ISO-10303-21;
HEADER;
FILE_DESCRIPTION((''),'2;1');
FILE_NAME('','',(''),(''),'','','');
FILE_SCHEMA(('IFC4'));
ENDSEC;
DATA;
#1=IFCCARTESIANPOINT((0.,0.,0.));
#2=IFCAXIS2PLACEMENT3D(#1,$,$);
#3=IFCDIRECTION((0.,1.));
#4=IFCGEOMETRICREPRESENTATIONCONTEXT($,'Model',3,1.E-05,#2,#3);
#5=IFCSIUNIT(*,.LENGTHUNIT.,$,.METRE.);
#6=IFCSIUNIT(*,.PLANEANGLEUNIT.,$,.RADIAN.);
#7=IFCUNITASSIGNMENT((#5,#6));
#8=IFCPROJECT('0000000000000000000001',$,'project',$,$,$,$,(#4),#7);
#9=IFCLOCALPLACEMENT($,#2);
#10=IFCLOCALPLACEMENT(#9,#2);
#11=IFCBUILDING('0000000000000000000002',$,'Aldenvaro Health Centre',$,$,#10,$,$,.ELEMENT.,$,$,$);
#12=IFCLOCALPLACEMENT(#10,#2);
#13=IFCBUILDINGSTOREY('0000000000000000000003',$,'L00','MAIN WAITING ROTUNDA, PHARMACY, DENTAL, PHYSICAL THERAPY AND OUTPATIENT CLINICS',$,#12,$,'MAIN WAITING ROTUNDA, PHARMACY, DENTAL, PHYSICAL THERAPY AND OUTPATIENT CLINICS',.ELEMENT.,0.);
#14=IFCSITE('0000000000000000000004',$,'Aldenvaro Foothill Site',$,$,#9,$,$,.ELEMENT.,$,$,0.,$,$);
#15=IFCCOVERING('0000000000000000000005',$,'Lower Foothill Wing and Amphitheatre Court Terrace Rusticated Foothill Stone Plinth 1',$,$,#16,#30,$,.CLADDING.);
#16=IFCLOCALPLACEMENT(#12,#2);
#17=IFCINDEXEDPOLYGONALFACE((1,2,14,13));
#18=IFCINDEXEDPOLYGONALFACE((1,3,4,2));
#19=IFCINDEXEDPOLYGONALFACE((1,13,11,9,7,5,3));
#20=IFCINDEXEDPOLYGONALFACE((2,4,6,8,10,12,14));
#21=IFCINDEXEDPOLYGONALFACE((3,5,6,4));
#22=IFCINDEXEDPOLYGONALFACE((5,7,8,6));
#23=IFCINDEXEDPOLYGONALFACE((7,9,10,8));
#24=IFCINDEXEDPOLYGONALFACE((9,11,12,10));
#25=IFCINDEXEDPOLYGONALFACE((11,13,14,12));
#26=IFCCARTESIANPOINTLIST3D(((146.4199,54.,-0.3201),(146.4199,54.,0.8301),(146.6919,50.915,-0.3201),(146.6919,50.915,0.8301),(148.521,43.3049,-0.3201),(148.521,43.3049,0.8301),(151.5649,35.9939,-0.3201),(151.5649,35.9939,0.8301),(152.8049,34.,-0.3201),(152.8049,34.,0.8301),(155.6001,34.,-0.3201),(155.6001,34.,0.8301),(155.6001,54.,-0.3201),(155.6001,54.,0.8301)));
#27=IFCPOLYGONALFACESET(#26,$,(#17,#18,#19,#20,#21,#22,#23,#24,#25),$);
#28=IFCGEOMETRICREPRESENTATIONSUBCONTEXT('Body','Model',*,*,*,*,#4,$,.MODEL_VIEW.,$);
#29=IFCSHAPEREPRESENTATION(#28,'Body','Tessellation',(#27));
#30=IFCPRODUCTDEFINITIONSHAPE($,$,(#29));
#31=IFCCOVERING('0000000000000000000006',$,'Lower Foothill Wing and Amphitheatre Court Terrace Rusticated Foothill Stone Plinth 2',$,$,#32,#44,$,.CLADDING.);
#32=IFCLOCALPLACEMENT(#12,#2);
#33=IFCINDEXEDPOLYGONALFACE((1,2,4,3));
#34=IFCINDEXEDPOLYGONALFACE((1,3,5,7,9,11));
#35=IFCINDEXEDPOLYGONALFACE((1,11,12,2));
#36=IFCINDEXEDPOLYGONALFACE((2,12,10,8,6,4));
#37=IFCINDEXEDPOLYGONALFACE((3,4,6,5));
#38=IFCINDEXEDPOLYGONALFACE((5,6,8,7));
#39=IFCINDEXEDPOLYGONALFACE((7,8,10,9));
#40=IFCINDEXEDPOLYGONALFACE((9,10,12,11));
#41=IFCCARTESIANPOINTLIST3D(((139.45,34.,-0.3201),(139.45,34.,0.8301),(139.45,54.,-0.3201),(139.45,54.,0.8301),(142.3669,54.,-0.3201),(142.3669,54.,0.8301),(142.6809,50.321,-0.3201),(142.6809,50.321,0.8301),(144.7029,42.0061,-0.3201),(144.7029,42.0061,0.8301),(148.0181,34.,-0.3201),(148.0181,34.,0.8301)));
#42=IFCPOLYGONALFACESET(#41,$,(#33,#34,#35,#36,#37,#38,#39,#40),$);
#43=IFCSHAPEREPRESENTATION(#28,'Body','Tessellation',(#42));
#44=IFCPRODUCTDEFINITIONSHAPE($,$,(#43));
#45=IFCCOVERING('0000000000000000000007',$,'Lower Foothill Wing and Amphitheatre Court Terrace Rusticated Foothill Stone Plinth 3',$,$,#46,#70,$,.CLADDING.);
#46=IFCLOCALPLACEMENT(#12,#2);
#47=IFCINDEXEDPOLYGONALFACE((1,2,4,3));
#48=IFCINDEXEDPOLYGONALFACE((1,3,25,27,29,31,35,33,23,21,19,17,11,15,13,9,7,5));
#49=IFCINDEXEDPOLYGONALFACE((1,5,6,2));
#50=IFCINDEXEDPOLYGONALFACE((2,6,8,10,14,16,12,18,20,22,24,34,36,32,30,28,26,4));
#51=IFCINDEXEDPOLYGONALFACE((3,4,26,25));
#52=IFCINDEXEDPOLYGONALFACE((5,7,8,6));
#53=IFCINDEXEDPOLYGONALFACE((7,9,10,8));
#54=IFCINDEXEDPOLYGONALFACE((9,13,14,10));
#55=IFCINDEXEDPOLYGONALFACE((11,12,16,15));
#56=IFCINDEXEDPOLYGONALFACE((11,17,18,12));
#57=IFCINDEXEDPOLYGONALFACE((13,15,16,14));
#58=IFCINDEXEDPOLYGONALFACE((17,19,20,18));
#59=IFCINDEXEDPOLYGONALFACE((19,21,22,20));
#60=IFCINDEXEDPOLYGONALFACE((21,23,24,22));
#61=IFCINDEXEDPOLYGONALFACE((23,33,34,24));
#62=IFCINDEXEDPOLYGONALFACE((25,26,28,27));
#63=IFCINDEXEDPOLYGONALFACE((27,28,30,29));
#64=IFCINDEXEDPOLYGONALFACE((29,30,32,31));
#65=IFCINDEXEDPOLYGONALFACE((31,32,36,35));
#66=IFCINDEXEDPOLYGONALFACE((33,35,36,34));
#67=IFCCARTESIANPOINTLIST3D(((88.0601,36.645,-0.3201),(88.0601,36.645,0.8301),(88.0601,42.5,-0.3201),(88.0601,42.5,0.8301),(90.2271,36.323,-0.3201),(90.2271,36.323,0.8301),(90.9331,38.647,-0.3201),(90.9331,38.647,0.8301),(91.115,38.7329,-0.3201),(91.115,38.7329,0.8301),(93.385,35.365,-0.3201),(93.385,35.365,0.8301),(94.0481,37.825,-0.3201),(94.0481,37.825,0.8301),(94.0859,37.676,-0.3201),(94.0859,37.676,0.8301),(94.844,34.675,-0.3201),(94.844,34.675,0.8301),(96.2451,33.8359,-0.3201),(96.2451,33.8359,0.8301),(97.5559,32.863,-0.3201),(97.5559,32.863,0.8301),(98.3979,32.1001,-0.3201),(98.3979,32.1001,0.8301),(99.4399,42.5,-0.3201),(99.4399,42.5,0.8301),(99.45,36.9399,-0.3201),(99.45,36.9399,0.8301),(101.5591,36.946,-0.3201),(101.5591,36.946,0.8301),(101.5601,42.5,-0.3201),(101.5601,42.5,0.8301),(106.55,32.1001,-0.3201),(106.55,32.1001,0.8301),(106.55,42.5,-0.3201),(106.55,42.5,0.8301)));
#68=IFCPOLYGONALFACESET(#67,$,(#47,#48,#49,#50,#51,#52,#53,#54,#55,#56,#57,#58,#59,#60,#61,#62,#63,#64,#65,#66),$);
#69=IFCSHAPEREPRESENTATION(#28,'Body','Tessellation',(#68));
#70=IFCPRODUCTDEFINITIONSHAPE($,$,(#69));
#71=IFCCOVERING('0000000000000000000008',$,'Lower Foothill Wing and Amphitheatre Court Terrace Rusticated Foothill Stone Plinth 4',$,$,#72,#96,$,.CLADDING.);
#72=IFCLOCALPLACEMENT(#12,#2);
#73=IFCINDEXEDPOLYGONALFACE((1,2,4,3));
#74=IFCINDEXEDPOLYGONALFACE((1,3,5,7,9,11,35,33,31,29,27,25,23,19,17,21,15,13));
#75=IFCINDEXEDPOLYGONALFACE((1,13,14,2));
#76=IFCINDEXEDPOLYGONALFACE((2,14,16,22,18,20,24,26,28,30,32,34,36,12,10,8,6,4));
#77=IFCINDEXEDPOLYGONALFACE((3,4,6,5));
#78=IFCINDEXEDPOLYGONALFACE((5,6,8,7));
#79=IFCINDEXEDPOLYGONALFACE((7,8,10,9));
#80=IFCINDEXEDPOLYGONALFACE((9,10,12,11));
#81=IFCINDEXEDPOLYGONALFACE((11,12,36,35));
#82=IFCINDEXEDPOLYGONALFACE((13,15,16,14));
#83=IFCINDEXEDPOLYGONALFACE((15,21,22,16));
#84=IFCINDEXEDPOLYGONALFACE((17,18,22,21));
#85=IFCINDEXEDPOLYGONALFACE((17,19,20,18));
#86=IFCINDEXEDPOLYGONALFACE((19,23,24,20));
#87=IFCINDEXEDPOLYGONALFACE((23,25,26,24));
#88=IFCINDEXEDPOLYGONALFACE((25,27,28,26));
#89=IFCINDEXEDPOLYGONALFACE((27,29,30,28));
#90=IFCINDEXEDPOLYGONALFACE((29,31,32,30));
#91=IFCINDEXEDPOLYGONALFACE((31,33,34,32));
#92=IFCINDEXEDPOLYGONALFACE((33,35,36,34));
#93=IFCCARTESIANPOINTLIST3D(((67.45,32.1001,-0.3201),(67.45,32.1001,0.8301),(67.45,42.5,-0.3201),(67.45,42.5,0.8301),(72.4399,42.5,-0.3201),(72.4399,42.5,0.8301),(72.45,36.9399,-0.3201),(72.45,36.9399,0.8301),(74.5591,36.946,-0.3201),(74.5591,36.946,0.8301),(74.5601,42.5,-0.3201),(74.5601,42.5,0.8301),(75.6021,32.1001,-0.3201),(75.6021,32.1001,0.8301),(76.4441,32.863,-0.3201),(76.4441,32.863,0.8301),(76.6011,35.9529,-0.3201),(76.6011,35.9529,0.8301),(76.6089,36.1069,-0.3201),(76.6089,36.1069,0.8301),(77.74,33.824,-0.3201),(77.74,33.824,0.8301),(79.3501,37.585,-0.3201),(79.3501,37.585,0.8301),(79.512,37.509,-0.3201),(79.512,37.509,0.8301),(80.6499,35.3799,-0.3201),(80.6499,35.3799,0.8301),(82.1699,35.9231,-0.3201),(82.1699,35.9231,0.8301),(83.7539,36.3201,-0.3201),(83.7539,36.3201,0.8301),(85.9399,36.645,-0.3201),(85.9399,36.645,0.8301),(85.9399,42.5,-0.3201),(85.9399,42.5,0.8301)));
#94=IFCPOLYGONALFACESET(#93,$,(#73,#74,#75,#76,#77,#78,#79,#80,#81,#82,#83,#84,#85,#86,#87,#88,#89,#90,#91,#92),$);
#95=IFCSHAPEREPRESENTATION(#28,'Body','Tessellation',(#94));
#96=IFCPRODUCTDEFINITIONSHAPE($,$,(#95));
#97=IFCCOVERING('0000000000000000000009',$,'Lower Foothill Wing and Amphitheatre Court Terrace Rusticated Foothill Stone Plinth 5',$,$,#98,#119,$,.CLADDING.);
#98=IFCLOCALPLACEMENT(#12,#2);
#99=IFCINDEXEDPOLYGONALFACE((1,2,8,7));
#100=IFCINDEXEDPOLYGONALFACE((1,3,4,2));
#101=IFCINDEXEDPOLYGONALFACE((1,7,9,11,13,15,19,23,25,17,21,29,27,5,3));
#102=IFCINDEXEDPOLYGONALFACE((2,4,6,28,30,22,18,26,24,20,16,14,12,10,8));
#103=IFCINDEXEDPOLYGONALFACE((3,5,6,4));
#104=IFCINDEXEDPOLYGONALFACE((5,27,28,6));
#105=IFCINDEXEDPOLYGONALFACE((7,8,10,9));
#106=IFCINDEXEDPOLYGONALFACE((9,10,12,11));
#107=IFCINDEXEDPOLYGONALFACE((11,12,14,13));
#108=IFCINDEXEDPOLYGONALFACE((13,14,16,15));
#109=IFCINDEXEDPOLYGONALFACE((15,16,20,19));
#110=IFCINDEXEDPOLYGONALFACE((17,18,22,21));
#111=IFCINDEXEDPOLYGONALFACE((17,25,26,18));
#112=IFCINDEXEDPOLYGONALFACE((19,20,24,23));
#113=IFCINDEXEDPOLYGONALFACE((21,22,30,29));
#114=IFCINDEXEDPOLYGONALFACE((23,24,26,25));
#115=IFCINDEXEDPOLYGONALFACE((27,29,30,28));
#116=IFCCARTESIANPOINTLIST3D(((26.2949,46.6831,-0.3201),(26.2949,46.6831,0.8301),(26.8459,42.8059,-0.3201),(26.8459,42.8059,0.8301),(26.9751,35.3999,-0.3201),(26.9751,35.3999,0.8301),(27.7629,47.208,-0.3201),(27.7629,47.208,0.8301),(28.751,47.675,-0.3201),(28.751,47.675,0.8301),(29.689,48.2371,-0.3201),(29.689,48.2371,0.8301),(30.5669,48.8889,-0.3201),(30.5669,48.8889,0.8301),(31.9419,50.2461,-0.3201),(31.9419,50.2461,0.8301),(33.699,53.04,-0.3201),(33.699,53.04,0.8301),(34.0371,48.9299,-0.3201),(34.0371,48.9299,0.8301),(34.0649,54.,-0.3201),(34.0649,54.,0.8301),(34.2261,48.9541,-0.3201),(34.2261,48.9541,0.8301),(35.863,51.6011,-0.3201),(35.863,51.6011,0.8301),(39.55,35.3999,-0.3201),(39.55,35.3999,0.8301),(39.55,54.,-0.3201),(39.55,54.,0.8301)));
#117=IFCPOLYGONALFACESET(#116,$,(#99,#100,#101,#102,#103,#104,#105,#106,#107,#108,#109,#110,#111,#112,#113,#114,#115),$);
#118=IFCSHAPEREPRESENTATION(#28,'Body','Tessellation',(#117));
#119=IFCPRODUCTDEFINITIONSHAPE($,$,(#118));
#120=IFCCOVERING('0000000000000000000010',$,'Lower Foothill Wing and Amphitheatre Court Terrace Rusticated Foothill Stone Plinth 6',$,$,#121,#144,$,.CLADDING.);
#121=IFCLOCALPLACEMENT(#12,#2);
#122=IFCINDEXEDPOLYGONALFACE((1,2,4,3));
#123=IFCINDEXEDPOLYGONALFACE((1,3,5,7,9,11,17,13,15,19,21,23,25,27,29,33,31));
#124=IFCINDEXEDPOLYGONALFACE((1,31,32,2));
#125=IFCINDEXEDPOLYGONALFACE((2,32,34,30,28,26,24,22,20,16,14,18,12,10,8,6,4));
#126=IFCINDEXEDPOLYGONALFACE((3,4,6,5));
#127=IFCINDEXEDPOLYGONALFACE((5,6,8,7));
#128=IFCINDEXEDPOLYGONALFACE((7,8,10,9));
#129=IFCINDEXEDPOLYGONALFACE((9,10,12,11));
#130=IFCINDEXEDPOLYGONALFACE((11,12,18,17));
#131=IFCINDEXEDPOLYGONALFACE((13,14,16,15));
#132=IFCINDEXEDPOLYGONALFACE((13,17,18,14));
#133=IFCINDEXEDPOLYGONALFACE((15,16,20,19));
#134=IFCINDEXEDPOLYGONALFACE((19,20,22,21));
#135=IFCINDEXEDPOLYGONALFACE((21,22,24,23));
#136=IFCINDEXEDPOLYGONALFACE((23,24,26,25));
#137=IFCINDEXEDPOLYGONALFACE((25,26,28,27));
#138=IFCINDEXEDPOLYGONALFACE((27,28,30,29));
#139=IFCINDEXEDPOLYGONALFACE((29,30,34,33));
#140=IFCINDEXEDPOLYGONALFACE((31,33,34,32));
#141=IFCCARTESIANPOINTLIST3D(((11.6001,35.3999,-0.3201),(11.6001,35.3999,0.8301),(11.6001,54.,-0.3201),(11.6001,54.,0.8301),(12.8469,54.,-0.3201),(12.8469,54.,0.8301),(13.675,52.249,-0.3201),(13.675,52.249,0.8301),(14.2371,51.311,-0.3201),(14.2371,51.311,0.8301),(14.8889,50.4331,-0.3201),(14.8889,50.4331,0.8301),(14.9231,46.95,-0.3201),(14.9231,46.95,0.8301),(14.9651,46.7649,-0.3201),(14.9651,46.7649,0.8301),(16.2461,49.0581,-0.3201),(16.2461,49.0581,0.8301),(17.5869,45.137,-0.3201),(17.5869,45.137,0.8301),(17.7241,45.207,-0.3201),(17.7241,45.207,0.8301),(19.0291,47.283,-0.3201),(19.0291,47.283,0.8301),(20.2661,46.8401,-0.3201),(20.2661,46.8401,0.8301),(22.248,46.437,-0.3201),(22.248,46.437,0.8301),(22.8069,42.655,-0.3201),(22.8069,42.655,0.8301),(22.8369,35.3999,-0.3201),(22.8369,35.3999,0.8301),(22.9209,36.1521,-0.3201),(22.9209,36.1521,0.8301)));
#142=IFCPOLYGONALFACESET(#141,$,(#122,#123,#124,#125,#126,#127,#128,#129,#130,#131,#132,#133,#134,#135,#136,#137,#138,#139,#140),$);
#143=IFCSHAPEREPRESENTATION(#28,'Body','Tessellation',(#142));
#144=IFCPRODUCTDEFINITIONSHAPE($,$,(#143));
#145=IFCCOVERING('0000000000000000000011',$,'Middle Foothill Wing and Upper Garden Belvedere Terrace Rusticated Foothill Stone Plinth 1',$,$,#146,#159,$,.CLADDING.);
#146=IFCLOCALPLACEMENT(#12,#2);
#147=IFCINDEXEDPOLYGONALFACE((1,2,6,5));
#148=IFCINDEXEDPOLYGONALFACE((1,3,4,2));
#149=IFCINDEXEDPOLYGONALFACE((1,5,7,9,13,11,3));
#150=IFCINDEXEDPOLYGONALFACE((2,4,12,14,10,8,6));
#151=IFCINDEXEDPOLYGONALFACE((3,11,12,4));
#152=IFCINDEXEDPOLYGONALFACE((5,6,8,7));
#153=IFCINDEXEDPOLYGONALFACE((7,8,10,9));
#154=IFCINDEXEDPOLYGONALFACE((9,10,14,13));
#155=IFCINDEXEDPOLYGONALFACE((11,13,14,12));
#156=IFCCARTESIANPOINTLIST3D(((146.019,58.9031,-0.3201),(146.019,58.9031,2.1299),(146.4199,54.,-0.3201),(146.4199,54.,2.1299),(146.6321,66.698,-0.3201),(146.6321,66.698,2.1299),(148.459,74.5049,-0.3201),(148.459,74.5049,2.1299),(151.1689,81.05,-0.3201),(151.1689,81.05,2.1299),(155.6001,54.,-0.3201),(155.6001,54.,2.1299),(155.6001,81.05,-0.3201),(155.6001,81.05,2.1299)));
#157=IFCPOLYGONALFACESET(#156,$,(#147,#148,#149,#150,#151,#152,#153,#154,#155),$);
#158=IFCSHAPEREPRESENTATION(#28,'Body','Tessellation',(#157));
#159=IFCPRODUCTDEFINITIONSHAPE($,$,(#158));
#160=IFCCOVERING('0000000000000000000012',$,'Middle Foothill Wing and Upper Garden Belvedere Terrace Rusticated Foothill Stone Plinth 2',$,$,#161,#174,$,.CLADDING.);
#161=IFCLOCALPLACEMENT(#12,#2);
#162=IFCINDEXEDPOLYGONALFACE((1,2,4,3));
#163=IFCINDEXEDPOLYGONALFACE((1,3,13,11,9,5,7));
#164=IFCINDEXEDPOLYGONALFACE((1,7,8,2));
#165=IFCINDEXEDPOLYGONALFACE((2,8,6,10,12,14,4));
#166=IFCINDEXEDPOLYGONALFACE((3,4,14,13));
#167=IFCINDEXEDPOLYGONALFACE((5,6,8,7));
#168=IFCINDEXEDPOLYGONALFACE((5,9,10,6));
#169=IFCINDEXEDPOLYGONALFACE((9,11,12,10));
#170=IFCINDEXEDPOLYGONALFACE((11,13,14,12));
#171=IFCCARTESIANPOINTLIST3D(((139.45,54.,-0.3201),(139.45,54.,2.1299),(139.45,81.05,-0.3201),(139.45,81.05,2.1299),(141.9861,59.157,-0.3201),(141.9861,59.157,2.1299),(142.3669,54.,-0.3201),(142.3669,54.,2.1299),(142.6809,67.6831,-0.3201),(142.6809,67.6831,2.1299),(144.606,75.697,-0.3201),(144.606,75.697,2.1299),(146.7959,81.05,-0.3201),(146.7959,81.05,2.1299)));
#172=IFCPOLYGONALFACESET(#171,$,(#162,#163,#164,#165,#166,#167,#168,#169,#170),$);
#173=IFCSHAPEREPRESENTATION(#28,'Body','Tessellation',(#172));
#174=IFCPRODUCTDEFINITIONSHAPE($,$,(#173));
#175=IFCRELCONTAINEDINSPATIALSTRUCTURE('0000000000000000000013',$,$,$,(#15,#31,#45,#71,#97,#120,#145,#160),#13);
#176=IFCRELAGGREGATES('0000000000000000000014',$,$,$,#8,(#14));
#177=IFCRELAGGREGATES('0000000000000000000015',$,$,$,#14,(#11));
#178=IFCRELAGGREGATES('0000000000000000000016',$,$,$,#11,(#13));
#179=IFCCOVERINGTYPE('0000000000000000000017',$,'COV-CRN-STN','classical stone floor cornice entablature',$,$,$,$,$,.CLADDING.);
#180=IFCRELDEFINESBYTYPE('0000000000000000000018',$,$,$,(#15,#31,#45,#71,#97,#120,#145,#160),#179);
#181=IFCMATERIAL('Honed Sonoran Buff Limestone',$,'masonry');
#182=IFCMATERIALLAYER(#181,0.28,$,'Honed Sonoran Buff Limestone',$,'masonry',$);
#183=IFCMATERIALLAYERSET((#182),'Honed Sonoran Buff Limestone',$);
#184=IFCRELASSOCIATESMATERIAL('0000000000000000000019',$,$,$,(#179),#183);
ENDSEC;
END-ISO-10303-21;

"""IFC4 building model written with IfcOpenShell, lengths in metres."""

from ifc_helpers import new_model, si_unit, direction, frame, origin, place, context, subcontext, project, spatial, polyline, outline, extrude, material, layer, layer_set, type_object, element, save


model = new_model("IFC4")

# Units and contexts
model_context = context("Model", 3, precision=1e-05, world=origin(), true_north=direction((0.0, 1.0)))
body_context = subcontext(model_context, "Body", "Model", "MODEL_VIEW")
ifc_project = project(units=[si_unit("LENGTHUNIT", "METRE"), si_unit("PLANEANGLEUNIT", "RADIAN")], contexts=[model_context])

# Site, building, storey
site_placement = place(None, origin())
site = spatial("IfcSite", under=ifc_project, at=site_placement, Name="Aldenvaro Foothill Site", CompositionType="ELEMENT", RefElevation=0.0)
building_placement = place(site_placement, origin())
building = spatial("IfcBuilding", under=site, at=building_placement, Name="Aldenvaro Health Centre", CompositionType="ELEMENT")
storey_placement = place(building_placement, origin())
storey = spatial("IfcBuildingStorey", under=building, at=storey_placement, Name="L00", Description="MAIN WAITING ROTUNDA, PHARMACY, DENTAL, PHYSICAL THERAPY AND OUTPATIENT CLINICS", LongName="MAIN WAITING ROTUNDA, PHARMACY, DENTAL, PHYSICAL THERAPY AND OUTPATIENT CLINICS", CompositionType="ELEMENT", Elevation=0.0)

# Coverings
ifc_material_1 = material(Name="Honed Sonoran Buff Limestone", Category="masonry")
ifc_layer_1 = layer(ifc_material_1, 0.28, Name="Honed Sonoran Buff Limestone", Category="masonry")
ifc_layer_set_1 = layer_set([ifc_layer_1], Name="Honed Sonoran Buff Limestone")
covering_type_1 = type_object("IfcCoveringType", Name="COV-CRN-STN", Description="classical stone floor cornice entablature", PredefinedType="CLADDING", material=ifc_layer_set_1)
covering_1_placement = place(storey_placement, frame((0.0, 0.0, -0.3201)))
element("IfcCovering", 1, at=covering_1_placement, inside=storey, type_object=covering_type_1, Name="Lower Foothill Wing and Amphitheatre Court Terrace Rusticated Foothill Stone Plinth 1", PredefinedType="CLADDING", context=body_context, shape_type="SweptSolid", body=[
    extrude(outline(polyline([(146.6919, 50.915), (146.4199, 54.0), (155.6001, 54.0), (155.6001, 34.0), (152.8049, 34.0), (151.5649, 35.9939), (148.521, 43.3049), (146.6919, 50.915)])), origin(), (0.0, 0.0, 1.0), 1.1501),
])
covering_2_placement = place(storey_placement, frame((0.0, 0.0, -0.3201)))
element("IfcCovering", 2, at=covering_2_placement, inside=storey, type_object=covering_type_1, Name="Lower Foothill Wing and Amphitheatre Court Terrace Rusticated Foothill Stone Plinth 2", PredefinedType="CLADDING", context=body_context, shape_type="SweptSolid", body=[
    extrude(outline(polyline([(142.6809, 50.321), (144.7029, 42.0061), (148.0181, 34.0), (139.45, 34.0), (139.45, 54.0), (142.3669, 54.0), (142.6809, 50.321)])), origin(), (0.0, 0.0, 1.0), 1.1501),
])
covering_3_placement = place(storey_placement, frame((0.0, 0.0, -0.3201)))
element("IfcCovering", 3, at=covering_3_placement, inside=storey, type_object=covering_type_1, Name="Lower Foothill Wing and Amphitheatre Court Terrace Rusticated Foothill Stone Plinth 3", PredefinedType="CLADDING", context=body_context, shape_type="SweptSolid", body=[
    extrude(outline(polyline([(88.0601, 36.645), (88.0601, 42.5), (99.4399, 42.5), (99.45, 36.9399), (101.5591, 36.946), (101.5601, 42.5), (106.55, 42.5), (106.55, 32.1001), (98.3979, 32.1001), (97.5559, 32.863), (96.2451, 33.8359), (94.844, 34.675), (93.385, 35.365), (94.0859, 37.676), (94.0481, 37.825), (91.115, 38.7329), (90.9331, 38.647), (90.2271, 36.323), (88.0601, 36.645)])), origin(), (0.0, 0.0, 1.0), 1.1501),
])
covering_4_placement = place(storey_placement, frame((0.0, 0.0, -0.3201)))
element("IfcCovering", 4, at=covering_4_placement, inside=storey, type_object=covering_type_1, Name="Lower Foothill Wing and Amphitheatre Court Terrace Rusticated Foothill Stone Plinth 4", PredefinedType="CLADDING", context=body_context, shape_type="SweptSolid", body=[
    extrude(outline(polyline([(67.45, 32.1001), (67.45, 42.5), (72.4399, 42.5), (72.45, 36.9399), (74.5591, 36.946), (74.5601, 42.5), (85.9399, 42.5), (85.9399, 36.645), (83.7539, 36.3201), (82.1699, 35.9231), (80.6499, 35.3799), (79.512, 37.509), (79.3501, 37.585), (76.6089, 36.1069), (76.6011, 35.9529), (77.74, 33.824), (76.4441, 32.863), (75.6021, 32.1001), (67.45, 32.1001)])), origin(), (0.0, 0.0, 1.0), 1.1501),
])
covering_5_placement = place(storey_placement, frame((0.0, 0.0, -0.3201)))
element("IfcCovering", 5, at=covering_5_placement, inside=storey, type_object=covering_type_1, Name="Lower Foothill Wing and Amphitheatre Court Terrace Rusticated Foothill Stone Plinth 5", PredefinedType="CLADDING", context=body_context, shape_type="SweptSolid", body=[
    extrude(outline(polyline([(26.2949, 46.6831), (27.7629, 47.208), (28.751, 47.675), (29.689, 48.2371), (30.5669, 48.8889), (31.9419, 50.2461), (34.0371, 48.9299), (34.2261, 48.9541), (35.863, 51.6011), (33.699, 53.04), (34.0649, 54.0), (39.55, 54.0), (39.55, 35.3999), (26.9751, 35.3999), (26.8459, 42.8059), (26.2949, 46.6831)])), origin(), (0.0, 0.0, 1.0), 1.1501),
])
covering_6_placement = place(storey_placement, frame((0.0, 0.0, -0.3201)))
element("IfcCovering", 6, at=covering_6_placement, inside=storey, type_object=covering_type_1, Name="Lower Foothill Wing and Amphitheatre Court Terrace Rusticated Foothill Stone Plinth 6", PredefinedType="CLADDING", context=body_context, shape_type="SweptSolid", body=[
    extrude(outline(polyline([(12.8469, 54.0), (13.675, 52.249), (14.2371, 51.311), (14.8889, 50.4331), (16.2461, 49.0581), (14.9231, 46.95), (14.9651, 46.7649), (17.5869, 45.137), (17.7241, 45.207), (19.0291, 47.283), (20.2661, 46.8401), (22.248, 46.437), (22.8069, 42.655), (22.9209, 36.1521), (22.8369, 35.3999), (11.6001, 35.3999), (11.6001, 54.0), (12.8469, 54.0)])), origin(), (0.0, 0.0, 1.0), 1.1501),
])
covering_7_placement = place(storey_placement, frame((0.0, 0.0, -0.3201)))
element("IfcCovering", 7, at=covering_7_placement, inside=storey, type_object=covering_type_1, Name="Middle Foothill Wing and Upper Garden Belvedere Terrace Rusticated Foothill Stone Plinth 1", PredefinedType="CLADDING", context=body_context, shape_type="SweptSolid", body=[
    extrude(outline(polyline([(146.6321, 66.698), (148.459, 74.5049), (151.1689, 81.05), (155.6001, 81.05), (155.6001, 54.0), (146.4199, 54.0), (146.019, 58.9031), (146.6321, 66.698)])), origin(), (0.0, 0.0, 1.0), 2.45),
])
covering_8_placement = place(storey_placement, frame((0.0, 0.0, -0.3201)))
element("IfcCovering", 8, at=covering_8_placement, inside=storey, type_object=covering_type_1, Name="Middle Foothill Wing and Upper Garden Belvedere Terrace Rusticated Foothill Stone Plinth 2", PredefinedType="CLADDING", context=body_context, shape_type="SweptSolid", body=[
    extrude(outline(polyline([(139.45, 81.05), (146.7959, 81.05), (144.606, 75.697), (142.6809, 67.6831), (141.9861, 59.157), (142.3669, 54.0), (139.45, 54.0), (139.45, 81.05)])), origin(), (0.0, 0.0, 1.0), 2.45),
])

save(model, "model.ifc")
